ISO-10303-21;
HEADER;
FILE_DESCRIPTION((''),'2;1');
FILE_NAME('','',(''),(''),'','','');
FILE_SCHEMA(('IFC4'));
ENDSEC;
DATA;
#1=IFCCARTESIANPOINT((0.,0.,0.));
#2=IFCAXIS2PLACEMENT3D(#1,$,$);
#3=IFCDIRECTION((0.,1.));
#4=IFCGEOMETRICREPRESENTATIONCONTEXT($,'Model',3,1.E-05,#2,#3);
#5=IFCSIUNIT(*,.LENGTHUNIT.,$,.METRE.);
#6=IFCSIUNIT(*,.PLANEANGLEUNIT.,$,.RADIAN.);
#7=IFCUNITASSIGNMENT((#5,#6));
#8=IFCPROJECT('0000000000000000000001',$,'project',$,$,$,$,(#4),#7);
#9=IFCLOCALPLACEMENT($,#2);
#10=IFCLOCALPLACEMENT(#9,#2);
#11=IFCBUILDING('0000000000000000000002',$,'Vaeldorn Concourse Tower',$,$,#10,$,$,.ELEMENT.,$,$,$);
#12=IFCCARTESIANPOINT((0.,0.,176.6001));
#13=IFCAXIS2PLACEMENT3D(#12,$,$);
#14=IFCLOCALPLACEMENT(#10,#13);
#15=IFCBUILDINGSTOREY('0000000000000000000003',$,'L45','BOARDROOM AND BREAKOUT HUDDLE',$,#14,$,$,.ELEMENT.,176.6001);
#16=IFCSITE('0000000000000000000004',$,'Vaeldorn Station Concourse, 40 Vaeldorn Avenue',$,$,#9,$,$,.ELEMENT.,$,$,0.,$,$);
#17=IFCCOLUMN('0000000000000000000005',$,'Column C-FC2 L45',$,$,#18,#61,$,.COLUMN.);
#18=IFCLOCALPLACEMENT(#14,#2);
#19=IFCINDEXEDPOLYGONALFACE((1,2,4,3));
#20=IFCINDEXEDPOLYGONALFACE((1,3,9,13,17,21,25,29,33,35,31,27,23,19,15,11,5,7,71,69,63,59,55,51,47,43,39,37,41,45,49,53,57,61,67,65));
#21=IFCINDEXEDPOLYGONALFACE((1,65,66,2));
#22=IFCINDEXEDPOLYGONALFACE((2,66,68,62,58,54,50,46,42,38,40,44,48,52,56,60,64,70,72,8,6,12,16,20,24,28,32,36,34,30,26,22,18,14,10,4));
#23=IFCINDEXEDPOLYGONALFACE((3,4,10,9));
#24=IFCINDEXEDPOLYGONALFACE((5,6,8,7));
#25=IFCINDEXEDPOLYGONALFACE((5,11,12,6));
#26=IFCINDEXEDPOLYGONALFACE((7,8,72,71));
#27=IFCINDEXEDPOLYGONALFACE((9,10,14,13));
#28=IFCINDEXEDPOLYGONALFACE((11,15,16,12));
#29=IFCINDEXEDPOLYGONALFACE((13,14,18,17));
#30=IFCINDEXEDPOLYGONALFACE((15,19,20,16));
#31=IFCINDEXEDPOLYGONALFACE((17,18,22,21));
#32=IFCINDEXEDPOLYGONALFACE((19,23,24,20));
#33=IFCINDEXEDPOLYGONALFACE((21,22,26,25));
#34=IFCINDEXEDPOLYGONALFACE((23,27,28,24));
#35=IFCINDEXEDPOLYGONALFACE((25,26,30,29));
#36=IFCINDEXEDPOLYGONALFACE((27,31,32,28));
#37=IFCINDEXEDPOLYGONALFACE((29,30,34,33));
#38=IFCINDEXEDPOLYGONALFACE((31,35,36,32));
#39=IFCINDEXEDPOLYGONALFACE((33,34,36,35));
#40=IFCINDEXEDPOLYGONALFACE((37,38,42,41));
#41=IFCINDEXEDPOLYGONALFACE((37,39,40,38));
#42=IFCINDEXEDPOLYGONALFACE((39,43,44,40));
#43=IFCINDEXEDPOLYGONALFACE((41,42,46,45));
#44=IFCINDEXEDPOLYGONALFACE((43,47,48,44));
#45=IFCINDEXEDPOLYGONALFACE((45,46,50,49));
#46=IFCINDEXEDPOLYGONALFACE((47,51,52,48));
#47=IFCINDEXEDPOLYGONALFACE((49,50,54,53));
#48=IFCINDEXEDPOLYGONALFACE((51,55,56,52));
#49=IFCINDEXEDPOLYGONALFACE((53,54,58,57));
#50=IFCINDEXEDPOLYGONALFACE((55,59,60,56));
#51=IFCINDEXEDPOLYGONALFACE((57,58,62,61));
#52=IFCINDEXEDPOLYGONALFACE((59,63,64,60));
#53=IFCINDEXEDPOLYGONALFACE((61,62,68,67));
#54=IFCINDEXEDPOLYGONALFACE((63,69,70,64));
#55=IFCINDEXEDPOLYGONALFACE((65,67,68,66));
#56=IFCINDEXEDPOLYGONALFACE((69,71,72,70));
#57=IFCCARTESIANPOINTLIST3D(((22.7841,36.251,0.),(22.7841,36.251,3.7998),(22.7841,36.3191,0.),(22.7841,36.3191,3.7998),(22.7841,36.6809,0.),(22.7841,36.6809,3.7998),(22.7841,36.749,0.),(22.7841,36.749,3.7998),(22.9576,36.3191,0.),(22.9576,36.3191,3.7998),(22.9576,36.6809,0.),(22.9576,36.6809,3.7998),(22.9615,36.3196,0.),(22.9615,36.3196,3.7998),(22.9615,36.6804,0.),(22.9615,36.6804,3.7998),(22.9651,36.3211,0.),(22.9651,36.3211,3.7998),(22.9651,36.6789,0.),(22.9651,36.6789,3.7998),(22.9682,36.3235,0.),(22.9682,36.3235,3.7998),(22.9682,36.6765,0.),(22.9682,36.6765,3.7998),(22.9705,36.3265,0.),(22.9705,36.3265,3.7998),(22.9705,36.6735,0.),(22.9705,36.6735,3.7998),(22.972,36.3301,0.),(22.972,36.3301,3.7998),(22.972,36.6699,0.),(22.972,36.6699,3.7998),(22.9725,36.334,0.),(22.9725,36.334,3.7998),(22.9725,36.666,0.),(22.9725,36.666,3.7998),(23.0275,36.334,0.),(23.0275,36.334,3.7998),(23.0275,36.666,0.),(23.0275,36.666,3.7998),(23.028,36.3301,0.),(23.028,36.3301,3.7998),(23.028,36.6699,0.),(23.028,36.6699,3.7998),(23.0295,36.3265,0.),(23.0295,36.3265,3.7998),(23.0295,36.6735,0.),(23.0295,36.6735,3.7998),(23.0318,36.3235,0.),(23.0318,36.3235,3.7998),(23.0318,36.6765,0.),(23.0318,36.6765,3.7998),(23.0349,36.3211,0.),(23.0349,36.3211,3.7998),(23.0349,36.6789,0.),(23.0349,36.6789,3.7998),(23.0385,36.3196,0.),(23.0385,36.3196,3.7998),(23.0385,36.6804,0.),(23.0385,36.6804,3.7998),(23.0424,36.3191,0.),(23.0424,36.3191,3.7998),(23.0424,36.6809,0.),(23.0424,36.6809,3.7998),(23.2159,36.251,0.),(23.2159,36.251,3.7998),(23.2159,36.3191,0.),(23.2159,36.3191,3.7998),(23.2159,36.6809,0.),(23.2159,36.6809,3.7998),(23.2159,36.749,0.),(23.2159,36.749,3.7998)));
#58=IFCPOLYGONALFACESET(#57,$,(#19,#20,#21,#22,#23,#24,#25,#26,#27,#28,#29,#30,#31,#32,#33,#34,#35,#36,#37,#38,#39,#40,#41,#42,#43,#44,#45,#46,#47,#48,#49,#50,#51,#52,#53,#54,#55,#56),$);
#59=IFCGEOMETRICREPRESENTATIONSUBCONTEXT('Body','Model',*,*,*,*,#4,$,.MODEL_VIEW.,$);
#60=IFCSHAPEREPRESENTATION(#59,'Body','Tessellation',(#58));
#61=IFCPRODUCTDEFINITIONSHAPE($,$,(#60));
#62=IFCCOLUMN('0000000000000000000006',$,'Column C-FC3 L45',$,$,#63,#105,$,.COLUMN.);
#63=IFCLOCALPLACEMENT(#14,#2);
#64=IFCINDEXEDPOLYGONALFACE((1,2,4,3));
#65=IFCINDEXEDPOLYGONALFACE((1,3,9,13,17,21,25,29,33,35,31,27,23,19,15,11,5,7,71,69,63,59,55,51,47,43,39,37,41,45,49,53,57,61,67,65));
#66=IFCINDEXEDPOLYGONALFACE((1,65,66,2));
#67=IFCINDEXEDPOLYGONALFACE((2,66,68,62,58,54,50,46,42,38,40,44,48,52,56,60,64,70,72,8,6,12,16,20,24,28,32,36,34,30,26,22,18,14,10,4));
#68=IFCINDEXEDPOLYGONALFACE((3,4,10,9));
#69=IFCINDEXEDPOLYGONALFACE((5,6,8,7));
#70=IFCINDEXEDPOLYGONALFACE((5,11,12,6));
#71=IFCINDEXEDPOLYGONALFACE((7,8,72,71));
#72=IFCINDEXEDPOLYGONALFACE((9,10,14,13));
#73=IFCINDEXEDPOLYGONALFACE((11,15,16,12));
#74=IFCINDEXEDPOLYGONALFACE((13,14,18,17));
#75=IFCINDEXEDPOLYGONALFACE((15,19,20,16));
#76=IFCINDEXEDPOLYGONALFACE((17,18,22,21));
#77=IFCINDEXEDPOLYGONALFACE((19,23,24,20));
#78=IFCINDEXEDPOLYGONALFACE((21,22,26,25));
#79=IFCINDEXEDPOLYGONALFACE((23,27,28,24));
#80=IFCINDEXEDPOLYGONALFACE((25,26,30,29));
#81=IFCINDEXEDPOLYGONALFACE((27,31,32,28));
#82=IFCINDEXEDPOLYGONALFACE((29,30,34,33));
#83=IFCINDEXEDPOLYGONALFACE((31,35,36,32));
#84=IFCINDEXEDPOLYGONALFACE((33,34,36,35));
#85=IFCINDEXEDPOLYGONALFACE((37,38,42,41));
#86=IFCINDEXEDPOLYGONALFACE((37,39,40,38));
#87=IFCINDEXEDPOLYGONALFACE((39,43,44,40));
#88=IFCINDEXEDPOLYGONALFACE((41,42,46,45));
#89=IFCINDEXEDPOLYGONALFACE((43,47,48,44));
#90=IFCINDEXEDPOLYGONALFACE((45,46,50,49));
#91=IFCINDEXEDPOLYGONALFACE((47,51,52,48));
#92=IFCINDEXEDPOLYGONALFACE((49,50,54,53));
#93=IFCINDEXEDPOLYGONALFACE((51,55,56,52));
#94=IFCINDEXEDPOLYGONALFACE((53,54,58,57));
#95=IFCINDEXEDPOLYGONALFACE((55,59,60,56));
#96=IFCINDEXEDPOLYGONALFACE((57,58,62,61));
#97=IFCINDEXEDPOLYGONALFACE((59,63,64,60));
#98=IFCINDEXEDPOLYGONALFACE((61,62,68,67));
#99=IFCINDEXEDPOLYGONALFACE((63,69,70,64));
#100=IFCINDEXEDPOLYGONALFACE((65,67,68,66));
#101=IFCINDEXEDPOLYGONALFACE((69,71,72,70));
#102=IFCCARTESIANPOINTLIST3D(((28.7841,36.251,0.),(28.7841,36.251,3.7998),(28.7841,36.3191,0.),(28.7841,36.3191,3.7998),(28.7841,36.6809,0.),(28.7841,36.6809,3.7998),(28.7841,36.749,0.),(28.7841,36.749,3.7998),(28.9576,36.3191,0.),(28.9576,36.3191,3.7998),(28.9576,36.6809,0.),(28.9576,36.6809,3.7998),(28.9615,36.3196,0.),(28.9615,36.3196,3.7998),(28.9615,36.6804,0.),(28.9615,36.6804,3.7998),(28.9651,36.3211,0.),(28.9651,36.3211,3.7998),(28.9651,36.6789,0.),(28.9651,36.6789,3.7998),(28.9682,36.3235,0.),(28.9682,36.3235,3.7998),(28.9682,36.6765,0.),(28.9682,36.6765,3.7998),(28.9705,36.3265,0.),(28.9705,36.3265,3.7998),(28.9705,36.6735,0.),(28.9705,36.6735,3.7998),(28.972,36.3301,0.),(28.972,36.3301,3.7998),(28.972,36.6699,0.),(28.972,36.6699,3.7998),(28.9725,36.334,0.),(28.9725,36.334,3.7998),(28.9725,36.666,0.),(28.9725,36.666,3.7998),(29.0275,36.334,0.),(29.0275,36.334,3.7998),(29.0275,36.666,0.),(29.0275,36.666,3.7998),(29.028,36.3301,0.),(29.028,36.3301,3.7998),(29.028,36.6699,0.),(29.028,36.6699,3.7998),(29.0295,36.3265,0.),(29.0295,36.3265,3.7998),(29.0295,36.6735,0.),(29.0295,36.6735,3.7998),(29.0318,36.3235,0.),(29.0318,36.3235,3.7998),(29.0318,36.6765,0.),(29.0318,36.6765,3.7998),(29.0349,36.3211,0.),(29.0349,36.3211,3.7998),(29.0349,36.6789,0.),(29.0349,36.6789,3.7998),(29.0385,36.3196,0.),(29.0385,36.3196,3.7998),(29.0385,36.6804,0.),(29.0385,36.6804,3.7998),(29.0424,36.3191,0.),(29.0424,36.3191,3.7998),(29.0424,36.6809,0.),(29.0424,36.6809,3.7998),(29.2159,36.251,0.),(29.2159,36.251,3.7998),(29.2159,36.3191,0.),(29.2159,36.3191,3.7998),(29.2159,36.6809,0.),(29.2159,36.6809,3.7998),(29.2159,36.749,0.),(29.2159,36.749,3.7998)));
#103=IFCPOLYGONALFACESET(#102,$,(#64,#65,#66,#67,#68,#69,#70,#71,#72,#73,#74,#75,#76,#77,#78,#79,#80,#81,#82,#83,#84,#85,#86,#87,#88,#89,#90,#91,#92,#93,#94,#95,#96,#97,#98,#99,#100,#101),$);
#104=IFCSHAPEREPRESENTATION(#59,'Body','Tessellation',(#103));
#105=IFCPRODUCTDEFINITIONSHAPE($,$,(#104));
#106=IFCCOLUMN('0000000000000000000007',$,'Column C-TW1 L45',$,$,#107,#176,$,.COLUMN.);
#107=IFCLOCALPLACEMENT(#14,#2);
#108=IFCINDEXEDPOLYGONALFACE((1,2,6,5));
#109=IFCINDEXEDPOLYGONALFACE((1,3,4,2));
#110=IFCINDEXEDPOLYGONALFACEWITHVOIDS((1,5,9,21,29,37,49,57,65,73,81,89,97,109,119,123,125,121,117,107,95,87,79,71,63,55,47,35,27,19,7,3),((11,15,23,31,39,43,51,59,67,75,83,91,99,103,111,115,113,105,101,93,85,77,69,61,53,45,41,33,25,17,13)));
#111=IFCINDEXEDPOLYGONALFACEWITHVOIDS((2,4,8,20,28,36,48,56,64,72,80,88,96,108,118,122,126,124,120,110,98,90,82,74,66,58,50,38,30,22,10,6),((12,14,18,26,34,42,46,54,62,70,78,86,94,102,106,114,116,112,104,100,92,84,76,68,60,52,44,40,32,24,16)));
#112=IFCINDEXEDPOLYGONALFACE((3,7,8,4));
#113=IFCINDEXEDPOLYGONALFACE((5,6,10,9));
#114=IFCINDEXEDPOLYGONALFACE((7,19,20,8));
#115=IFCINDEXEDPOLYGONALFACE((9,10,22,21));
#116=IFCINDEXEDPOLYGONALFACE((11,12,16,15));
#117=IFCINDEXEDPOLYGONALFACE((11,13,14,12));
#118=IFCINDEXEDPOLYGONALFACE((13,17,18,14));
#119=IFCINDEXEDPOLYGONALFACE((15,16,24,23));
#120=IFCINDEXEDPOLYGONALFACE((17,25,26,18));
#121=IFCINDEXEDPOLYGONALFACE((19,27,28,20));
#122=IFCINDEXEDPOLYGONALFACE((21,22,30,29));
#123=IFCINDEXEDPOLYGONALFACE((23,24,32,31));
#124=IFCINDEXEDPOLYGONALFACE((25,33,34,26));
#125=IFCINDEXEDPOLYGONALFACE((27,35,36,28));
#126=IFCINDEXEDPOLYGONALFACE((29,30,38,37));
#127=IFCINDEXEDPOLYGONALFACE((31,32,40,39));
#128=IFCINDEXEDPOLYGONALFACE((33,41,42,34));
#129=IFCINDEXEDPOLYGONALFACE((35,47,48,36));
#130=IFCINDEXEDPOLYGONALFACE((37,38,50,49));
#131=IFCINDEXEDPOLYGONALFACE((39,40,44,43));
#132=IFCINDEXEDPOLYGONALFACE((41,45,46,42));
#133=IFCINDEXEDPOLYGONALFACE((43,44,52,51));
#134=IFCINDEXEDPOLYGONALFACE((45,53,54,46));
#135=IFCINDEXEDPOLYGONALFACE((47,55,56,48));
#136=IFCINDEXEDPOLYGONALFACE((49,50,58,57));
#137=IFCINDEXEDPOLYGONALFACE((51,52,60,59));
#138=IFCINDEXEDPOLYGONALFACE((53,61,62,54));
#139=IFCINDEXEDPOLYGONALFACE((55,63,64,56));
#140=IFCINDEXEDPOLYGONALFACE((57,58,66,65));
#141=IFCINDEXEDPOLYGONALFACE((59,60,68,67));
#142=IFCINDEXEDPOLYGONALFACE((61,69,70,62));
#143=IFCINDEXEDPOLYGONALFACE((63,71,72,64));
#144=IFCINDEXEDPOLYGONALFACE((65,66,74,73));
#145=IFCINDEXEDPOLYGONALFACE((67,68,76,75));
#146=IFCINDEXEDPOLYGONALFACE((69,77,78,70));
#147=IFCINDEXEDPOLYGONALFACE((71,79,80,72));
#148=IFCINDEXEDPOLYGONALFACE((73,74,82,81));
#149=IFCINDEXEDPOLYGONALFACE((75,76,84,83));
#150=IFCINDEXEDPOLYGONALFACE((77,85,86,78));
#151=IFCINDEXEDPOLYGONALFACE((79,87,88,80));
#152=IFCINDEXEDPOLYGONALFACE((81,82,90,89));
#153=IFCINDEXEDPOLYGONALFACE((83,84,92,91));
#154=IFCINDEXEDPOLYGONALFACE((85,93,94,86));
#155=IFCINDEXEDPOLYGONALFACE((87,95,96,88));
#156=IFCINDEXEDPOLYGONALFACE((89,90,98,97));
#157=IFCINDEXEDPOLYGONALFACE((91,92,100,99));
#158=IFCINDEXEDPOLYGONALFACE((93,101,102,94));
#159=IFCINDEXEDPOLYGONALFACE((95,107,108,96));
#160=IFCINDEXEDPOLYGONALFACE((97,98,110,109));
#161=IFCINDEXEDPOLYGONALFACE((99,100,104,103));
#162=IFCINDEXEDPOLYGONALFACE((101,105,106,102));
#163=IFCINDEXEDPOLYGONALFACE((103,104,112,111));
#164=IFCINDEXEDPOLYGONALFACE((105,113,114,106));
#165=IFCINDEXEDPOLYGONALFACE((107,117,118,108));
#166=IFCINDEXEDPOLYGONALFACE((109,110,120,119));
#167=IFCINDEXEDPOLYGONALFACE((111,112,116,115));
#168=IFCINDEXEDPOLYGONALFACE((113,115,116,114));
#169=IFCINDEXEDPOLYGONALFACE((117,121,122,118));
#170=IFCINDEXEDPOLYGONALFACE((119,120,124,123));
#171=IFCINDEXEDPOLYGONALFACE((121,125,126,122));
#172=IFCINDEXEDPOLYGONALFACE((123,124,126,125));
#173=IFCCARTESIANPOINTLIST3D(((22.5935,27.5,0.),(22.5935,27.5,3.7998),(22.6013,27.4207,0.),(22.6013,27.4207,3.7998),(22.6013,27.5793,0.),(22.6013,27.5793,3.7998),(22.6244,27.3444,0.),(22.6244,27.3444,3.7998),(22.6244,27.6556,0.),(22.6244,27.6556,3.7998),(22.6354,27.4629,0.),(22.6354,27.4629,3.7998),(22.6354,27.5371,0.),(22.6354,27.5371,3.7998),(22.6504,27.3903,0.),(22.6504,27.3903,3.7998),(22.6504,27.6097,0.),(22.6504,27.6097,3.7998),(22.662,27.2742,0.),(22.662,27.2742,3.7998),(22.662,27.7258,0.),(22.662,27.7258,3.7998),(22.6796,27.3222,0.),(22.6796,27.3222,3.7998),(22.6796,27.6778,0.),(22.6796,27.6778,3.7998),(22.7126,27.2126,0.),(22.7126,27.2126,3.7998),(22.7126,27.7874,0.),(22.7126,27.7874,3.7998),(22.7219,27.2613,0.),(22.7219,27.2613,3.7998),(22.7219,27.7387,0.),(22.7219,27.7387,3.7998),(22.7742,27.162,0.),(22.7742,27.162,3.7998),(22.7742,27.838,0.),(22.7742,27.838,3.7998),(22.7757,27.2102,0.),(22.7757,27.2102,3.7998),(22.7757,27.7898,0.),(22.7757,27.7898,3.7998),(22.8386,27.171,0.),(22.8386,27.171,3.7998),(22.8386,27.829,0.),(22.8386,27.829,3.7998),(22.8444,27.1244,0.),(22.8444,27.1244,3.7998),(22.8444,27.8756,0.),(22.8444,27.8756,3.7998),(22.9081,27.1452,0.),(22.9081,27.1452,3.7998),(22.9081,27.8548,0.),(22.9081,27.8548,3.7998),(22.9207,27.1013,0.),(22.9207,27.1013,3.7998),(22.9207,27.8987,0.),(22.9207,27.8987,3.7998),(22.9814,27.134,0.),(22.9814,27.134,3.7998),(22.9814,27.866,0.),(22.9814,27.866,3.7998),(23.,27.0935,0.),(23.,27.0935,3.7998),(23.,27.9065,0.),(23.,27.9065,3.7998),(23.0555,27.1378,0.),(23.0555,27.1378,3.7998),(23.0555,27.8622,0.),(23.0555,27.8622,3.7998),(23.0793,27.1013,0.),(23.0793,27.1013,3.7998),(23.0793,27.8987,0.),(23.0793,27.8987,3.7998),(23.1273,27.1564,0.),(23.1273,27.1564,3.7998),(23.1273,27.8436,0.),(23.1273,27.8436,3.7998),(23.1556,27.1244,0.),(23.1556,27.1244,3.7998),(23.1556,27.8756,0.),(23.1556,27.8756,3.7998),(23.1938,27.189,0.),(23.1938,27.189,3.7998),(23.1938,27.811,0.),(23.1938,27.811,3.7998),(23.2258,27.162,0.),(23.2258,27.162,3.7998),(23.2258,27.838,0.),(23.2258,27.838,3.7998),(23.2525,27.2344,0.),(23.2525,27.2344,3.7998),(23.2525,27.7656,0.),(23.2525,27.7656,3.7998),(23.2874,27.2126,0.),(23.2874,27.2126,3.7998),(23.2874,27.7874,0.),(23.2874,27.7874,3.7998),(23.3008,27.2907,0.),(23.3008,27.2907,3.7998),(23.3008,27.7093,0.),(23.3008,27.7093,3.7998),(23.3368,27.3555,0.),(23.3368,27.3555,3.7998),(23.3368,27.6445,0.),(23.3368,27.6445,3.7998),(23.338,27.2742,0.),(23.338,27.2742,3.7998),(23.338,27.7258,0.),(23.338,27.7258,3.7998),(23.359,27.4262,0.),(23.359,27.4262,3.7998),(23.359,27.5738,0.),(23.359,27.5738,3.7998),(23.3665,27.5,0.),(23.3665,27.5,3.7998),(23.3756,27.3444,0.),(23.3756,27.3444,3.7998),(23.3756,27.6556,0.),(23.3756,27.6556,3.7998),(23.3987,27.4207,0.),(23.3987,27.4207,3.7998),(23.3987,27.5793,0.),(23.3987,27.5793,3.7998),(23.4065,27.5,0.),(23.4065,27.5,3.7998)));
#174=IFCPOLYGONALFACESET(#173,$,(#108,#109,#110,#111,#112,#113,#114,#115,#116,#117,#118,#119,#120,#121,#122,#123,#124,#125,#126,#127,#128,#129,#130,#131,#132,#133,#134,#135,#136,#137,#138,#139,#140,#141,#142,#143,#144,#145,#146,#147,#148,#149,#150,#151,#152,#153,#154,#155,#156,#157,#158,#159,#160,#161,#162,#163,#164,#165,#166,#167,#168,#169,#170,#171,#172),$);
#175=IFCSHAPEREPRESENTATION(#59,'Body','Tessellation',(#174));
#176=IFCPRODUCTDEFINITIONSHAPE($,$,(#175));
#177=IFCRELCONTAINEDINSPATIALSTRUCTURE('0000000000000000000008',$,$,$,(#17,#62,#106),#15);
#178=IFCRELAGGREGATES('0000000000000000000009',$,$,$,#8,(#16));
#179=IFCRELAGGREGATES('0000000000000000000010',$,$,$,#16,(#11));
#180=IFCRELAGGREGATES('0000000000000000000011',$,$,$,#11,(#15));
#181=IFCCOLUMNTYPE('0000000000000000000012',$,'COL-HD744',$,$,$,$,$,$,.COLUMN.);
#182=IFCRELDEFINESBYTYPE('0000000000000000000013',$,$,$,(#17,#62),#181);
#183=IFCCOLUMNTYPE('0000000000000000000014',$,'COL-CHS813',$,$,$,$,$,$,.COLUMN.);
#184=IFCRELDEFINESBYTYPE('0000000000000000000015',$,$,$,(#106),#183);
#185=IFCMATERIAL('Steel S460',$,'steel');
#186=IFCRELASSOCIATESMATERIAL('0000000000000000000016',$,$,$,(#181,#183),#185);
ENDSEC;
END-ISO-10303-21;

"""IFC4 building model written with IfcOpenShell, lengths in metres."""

from ifc_helpers import new_model, si_unit, direction, frame, origin, origin_2d, place, context, subcontext, project, spatial, hollow_circle, i_section, extrude, source, transform, mapped, material, material_profile, profile_set, type_object, element, save


model = new_model("IFC4")

# Units and contexts
model_context = context("Model", 3, precision=1e-05, world=origin(), true_north=direction((0.0, 1.0)))
body_context = subcontext(model_context, "Body", "Model", "MODEL_VIEW")
ifc_project = project(units=[si_unit("LENGTHUNIT", "METRE"), si_unit("PLANEANGLEUNIT", "RADIAN")], contexts=[model_context])

# Site, building, storey
site_placement = place(None, origin())
site = spatial("IfcSite", under=ifc_project, at=site_placement, Name="Vaeldorn Station Concourse, 40 Vaeldorn Avenue", CompositionType="ELEMENT", RefElevation=0.0)
building_placement = place(site_placement, origin())
building = spatial("IfcBuilding", under=site, at=building_placement, Name="Vaeldorn Concourse Tower", CompositionType="ELEMENT")
storey_placement = place(building_placement, frame((0.0, 0.0, 176.6001)))
storey = spatial("IfcBuildingStorey", under=building, at=storey_placement, Name="L45", Description="BOARDROOM AND BREAKOUT HUDDLE", CompositionType="ELEMENT", Elevation=176.6001)

# Columns
ifc_material_1 = material(Name="Steel S460", Category="steel")
ifc_material_profile_1 = material_profile(ifc_material_1, i_section(OverallWidth=0.4319, OverallDepth=0.498, WebThickness=0.0549, FlangeThickness=0.0681, FilletRadius=0.0149, at=origin_2d()), Name="HD 400x744")
ifc_profile_set_1 = profile_set([ifc_material_profile_1], Name="Steel S460")
column_type_1 = type_object("IfcColumnType", Name="COL-HD744", PredefinedType="COLUMN", material=ifc_profile_set_1)
shared_shape_1 = source(origin(), body_context, "Body", "SweptSolid", [
    extrude(i_section(OverallWidth=0.4319, OverallDepth=0.498, WebThickness=0.0549, FlangeThickness=0.0681, FilletRadius=0.0149, at=origin_2d()), origin(), (0.0, 0.0, 1.0), 3.7998),
])
for number, where, z_axis, x_axis, name in (
    (1, (23.0, 36.5, 0.0), (0.0, 0.0, 1.0), (1.0, 0.0, 0.0), "Column C-FC2 L45"),
    (2, (29.0, 36.5, 0.0), (0.0, 0.0, 1.0), (1.0, 0.0, 0.0), "Column C-FC3 L45"),
):
    element("IfcColumn", number, at=place(storey_placement, frame(where, z_axis=z_axis, x_axis=x_axis)), inside=storey, type_object=column_type_1, Name=name, PredefinedType="COLUMN", context=body_context, shape_type="MappedRepresentation", body=[
        mapped(shared_shape_1, transform((0.0, 0.0, 0.0), scale=1.0)),
    ])
ifc_material_profile_2 = material_profile(ifc_material_1, hollow_circle(Radius=0.4065, WallThickness=0.04, at=origin_2d()), Name="CHS 813x40")
ifc_profile_set_2 = profile_set([ifc_material_profile_2], Name="Steel S460")
column_type_2 = type_object("IfcColumnType", Name="COL-CHS813", PredefinedType="COLUMN", material=ifc_profile_set_2)
shared_shape_2 = source(origin(), body_context, "Body", "SweptSolid", [
    extrude(hollow_circle(Radius=0.4065, WallThickness=0.04, at=origin_2d()), origin(), (0.0, 0.0, 1.0), 3.7998),
])
column_1_placement = place(storey_placement, frame((23.0, 27.5, 0.0), z_axis=(0.0, 0.0, 1.0), x_axis=(1.0, 0.0, 0.0)))
element("IfcColumn", 3, at=column_1_placement, inside=storey, type_object=column_type_2, Name="Column C-TW1 L45", PredefinedType="COLUMN", context=body_context, shape_type="MappedRepresentation", body=[
    mapped(shared_shape_2, transform((0.0, 0.0, 0.0), scale=1.0)),
])

save(model, "model.ifc")
